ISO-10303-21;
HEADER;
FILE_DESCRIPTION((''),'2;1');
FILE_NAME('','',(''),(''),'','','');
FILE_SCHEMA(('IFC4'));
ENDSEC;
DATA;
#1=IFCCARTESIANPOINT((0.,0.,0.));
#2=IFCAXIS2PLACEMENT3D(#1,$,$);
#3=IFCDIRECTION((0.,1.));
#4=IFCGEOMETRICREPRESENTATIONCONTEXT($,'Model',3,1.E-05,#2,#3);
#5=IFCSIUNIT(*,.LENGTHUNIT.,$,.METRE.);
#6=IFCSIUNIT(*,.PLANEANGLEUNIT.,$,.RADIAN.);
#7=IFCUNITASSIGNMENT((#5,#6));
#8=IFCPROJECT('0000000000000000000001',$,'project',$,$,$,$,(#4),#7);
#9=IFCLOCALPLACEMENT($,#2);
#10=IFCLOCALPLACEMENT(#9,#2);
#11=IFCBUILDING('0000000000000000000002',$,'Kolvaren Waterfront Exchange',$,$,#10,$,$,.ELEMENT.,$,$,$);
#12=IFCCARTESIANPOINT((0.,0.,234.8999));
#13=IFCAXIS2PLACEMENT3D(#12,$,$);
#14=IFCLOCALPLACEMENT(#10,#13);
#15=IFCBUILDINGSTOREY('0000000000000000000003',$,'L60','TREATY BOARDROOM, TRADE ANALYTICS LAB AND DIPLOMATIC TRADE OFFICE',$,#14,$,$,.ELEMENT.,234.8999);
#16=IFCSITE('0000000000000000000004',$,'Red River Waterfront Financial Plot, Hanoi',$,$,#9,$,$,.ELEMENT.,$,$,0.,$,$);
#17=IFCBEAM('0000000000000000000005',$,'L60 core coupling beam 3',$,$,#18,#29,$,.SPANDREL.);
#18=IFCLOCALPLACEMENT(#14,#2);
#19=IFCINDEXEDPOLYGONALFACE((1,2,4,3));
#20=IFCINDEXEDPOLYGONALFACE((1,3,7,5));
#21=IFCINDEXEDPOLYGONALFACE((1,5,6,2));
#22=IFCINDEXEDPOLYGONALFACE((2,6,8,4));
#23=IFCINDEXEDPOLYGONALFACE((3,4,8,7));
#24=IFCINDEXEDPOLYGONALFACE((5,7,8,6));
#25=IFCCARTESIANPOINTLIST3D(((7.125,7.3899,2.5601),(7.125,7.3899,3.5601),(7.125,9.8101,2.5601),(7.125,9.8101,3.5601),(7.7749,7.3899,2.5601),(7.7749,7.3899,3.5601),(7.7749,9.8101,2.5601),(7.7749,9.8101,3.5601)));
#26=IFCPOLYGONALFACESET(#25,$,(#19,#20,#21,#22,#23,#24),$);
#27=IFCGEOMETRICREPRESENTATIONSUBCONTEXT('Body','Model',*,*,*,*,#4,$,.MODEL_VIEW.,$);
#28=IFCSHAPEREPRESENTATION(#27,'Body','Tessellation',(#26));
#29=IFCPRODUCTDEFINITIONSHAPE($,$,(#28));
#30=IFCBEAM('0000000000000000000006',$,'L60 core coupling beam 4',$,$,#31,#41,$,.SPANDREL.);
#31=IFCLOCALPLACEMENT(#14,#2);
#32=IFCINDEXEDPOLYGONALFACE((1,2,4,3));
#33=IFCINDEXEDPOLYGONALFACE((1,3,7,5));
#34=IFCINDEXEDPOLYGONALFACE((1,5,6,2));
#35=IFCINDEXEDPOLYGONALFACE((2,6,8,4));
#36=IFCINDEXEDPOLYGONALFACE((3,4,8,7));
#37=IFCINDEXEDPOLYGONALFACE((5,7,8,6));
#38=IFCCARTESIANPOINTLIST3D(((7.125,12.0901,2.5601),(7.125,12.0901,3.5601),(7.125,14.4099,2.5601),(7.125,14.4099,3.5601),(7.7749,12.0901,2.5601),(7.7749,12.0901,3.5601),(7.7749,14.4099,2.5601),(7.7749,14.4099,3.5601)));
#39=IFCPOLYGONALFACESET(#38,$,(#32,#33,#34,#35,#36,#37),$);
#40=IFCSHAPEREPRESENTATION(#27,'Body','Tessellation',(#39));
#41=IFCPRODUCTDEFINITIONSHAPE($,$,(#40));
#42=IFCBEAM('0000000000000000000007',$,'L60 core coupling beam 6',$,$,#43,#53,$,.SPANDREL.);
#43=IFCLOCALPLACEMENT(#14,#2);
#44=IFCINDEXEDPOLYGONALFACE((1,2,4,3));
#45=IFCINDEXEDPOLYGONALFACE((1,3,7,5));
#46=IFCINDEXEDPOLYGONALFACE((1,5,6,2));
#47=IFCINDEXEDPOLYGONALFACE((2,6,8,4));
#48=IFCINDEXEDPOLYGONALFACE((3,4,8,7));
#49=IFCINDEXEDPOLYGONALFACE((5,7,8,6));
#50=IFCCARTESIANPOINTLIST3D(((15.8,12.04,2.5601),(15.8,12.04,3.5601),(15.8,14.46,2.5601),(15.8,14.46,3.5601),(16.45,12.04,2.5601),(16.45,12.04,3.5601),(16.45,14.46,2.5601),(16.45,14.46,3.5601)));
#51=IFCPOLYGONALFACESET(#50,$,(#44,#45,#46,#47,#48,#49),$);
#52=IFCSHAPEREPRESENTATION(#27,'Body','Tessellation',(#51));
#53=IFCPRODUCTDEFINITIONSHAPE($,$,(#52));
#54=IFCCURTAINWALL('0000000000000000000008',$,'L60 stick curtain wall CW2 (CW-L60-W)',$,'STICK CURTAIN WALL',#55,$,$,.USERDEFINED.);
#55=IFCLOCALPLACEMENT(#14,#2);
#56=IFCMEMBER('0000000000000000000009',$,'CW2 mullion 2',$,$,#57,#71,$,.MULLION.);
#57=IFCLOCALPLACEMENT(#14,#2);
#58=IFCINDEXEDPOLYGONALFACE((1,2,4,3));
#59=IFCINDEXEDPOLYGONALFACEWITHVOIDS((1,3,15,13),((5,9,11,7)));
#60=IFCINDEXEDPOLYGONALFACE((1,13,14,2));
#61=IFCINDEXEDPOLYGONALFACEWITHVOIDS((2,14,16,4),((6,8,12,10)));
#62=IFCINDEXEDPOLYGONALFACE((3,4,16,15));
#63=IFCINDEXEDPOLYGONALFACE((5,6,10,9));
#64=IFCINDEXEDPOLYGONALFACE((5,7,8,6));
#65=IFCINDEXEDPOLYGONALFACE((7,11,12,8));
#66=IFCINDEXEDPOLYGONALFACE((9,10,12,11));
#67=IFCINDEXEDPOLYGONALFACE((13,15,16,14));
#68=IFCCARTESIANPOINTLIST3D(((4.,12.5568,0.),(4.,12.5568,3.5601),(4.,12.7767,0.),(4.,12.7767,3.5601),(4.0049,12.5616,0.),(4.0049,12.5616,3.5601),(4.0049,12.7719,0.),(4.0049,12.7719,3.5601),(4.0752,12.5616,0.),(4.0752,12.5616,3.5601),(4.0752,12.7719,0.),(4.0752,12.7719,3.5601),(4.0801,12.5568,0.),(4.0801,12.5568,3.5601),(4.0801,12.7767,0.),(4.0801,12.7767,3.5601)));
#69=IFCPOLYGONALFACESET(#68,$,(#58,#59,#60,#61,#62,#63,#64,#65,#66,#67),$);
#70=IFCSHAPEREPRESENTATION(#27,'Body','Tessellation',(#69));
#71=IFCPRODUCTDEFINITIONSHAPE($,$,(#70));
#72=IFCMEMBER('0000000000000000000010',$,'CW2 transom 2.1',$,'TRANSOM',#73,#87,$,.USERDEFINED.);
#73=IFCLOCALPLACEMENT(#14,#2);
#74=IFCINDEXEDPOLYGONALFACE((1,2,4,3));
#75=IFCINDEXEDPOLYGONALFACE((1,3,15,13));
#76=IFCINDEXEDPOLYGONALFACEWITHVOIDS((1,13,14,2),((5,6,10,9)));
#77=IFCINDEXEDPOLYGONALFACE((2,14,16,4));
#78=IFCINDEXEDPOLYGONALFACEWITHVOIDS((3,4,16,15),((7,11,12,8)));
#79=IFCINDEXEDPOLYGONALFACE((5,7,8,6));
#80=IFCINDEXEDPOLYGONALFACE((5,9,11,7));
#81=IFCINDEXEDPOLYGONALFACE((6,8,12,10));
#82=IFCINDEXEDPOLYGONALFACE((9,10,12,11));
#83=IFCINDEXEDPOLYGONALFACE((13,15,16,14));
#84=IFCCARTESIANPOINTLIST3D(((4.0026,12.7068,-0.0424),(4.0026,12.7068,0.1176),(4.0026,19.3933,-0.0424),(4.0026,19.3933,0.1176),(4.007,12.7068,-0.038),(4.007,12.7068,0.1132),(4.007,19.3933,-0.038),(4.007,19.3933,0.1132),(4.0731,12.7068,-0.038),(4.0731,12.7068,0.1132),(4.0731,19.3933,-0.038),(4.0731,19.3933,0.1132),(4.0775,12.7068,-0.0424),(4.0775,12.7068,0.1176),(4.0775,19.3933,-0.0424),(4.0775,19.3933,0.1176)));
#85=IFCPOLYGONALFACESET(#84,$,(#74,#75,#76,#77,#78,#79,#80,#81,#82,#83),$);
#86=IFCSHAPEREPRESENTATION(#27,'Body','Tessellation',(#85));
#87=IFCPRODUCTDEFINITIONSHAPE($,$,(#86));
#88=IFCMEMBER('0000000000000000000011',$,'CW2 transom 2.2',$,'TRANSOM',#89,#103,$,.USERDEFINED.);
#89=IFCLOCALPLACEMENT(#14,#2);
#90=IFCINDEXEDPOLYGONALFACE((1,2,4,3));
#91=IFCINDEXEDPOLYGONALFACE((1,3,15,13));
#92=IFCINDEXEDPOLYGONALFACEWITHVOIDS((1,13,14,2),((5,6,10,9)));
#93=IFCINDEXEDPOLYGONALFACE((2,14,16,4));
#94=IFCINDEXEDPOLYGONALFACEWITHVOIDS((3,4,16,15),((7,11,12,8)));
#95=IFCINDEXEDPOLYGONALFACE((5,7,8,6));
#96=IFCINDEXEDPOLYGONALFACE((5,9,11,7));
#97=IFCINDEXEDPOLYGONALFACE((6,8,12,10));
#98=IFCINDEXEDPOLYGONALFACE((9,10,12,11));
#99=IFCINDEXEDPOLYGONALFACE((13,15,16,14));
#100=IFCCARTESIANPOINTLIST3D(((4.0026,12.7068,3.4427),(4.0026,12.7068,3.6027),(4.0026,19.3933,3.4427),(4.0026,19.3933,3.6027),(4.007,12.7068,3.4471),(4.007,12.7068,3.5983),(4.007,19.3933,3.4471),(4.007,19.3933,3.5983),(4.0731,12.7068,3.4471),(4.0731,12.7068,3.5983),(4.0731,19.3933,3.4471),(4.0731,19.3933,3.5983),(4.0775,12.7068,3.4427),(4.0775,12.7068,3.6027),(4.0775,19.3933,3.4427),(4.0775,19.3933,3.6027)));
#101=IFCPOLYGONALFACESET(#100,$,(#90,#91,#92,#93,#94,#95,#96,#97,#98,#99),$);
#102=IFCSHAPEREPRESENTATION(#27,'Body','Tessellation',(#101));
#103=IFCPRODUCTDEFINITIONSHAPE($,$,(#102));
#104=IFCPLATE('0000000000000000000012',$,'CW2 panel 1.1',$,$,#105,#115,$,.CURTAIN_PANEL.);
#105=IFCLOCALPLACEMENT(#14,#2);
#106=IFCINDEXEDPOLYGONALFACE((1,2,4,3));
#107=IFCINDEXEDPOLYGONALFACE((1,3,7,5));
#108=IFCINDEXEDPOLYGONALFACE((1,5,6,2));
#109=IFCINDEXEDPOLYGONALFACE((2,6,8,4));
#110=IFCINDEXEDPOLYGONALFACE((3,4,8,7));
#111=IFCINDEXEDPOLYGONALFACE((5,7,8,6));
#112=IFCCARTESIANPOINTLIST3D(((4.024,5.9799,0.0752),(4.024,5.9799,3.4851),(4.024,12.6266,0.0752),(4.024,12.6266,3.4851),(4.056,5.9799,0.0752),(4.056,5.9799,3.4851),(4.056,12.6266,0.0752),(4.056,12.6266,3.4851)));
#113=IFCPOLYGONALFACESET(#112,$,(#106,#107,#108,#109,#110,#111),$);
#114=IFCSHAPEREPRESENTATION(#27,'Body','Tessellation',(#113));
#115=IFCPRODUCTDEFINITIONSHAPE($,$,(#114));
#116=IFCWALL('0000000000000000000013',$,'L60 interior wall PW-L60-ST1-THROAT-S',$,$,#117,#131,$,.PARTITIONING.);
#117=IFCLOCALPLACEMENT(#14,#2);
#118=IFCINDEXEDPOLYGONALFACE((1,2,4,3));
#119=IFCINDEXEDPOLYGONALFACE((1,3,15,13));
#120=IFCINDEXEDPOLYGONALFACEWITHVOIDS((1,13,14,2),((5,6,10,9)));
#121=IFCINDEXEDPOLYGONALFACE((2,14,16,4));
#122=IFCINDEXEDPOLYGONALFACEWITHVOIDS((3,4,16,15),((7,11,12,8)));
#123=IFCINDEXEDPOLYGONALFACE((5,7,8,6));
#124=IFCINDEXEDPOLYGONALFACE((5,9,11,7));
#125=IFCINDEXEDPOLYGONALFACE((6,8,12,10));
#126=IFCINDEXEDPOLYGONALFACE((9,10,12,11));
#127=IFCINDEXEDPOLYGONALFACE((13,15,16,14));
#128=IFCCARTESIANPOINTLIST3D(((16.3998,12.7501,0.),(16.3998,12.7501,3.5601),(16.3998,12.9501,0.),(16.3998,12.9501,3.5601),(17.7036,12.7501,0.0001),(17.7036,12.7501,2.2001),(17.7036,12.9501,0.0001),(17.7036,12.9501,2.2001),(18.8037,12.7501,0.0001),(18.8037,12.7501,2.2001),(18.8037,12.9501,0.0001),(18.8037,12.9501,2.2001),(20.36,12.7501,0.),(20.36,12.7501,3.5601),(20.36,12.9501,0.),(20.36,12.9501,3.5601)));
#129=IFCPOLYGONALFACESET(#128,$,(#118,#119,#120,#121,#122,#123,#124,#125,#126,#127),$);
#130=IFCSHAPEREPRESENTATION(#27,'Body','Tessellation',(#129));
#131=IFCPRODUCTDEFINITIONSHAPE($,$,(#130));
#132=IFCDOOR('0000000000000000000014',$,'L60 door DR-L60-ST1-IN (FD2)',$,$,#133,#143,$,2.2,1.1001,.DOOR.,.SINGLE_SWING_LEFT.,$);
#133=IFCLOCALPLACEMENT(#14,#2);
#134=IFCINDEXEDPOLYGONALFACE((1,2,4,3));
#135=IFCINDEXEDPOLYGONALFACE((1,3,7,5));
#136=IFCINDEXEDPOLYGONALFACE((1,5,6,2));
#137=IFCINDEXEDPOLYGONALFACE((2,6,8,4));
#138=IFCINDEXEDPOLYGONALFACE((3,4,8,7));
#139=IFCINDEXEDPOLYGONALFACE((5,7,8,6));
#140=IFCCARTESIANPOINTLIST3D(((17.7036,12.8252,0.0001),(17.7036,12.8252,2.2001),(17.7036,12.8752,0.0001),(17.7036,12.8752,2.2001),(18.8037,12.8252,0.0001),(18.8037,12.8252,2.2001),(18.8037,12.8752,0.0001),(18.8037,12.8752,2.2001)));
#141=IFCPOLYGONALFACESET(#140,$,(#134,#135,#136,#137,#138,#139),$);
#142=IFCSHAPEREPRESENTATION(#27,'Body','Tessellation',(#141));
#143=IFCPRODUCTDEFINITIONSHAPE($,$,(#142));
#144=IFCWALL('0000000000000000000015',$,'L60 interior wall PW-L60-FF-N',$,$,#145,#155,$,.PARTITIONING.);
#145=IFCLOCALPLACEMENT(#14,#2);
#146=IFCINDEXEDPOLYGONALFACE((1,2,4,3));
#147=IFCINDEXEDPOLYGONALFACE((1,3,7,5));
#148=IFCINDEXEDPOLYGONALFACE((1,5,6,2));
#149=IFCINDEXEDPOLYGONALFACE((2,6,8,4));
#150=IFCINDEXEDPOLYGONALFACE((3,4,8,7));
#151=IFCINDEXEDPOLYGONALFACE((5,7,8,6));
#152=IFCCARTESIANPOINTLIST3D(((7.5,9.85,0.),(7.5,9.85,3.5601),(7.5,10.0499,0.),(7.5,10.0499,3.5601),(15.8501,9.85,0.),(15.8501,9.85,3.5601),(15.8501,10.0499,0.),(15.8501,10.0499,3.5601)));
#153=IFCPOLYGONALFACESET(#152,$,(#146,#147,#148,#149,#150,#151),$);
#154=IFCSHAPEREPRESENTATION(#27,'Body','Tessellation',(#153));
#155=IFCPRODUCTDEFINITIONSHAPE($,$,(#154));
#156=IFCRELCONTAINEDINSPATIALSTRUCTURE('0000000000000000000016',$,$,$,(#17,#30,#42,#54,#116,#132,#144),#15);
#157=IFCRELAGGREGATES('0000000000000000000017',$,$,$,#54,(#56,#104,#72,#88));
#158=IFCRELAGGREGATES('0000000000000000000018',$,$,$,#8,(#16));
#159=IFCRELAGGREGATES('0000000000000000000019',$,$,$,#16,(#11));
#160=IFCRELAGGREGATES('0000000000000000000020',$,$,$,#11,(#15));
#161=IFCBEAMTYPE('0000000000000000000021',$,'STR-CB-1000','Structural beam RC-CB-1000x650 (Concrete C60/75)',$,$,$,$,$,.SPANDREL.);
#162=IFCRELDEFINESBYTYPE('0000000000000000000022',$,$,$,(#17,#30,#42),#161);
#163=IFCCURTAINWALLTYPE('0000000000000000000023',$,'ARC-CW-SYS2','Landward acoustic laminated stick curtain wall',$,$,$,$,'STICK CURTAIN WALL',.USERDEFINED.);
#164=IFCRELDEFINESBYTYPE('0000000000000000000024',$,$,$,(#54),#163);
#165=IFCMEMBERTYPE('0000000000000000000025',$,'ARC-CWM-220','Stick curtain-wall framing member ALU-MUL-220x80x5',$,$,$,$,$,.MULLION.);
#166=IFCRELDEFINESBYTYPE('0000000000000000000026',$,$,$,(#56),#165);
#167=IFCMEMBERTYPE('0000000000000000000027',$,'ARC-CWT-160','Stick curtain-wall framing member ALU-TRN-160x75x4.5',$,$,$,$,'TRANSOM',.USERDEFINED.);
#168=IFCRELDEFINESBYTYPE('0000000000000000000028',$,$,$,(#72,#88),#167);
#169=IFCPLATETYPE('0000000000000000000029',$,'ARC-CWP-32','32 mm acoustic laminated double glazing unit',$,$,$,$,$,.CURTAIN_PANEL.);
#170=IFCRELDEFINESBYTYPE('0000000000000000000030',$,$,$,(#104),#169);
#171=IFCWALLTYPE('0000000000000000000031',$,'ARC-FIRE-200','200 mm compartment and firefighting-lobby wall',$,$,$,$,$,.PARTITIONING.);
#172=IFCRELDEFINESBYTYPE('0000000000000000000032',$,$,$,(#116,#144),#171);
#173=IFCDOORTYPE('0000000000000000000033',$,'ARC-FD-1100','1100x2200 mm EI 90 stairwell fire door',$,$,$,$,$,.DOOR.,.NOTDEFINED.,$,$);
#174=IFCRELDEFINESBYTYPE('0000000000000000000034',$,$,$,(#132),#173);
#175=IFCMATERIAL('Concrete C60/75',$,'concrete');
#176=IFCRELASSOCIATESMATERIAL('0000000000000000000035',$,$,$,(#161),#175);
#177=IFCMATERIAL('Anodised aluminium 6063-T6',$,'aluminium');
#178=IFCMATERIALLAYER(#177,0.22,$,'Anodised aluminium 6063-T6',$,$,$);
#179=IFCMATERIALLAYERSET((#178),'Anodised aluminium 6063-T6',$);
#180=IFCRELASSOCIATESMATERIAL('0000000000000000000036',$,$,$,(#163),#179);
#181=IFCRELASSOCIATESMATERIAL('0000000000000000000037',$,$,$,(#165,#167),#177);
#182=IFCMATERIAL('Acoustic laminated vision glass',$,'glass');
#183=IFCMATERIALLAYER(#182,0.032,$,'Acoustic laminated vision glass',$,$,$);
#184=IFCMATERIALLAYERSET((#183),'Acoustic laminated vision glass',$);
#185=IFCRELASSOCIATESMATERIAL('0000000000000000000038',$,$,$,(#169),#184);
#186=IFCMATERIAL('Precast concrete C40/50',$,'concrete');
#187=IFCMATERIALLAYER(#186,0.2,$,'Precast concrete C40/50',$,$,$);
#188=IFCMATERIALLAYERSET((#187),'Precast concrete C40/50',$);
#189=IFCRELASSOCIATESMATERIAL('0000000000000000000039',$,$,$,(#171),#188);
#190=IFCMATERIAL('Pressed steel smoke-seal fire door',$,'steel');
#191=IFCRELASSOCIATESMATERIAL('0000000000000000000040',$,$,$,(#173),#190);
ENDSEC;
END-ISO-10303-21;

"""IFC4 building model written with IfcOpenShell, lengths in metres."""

from ifc_helpers import new_model, si_unit, direction, frame, frame_2d, origin, origin_with_axes, origin_2d, place, context, subcontext, project, spatial, rectangle, hollow_rectangle, extrude, source, transform, mapped, material, layer, layer_set, material_profile, profile_set, type_object, element, fill, aggregate, save


model = new_model("IFC4")

# Units and contexts
model_context = context("Model", 3, precision=1e-05, world=origin(), true_north=direction((0.0, 1.0)))
body_context = subcontext(model_context, "Body", "Model", "MODEL_VIEW")
ifc_project = project(units=[si_unit("LENGTHUNIT", "METRE"), si_unit("PLANEANGLEUNIT", "RADIAN")], contexts=[model_context])

# Site, building, storey
site_placement = place(None, origin())
site = spatial("IfcSite", under=ifc_project, at=site_placement, Name="Red River Waterfront Financial Plot, Hanoi", CompositionType="ELEMENT", RefElevation=0.0)
building_placement = place(site_placement, origin())
building = spatial("IfcBuilding", under=site, at=building_placement, Name="Kolvaren Waterfront Exchange", CompositionType="ELEMENT")
storey_placement = place(building_placement, frame((0.0, 0.0, 234.8999)))
storey = spatial("IfcBuildingStorey", under=building, at=storey_placement, Name="L60", Description="TREATY BOARDROOM, TRADE ANALYTICS LAB AND DIPLOMATIC TRADE OFFICE", CompositionType="ELEMENT", Elevation=234.8999)

# Beams
ifc_material_1 = material(Name="Concrete C60/75", Category="concrete")
ifc_material_profile_1 = material_profile(ifc_material_1, rectangle(XDim=0.6499, YDim=1.0, at=origin_2d()), Name="RC-CB-1000x650")
ifc_profile_set_1 = profile_set([ifc_material_profile_1], Name="Concrete C60/75")
beam_type = type_object("IfcBeamType", Name="STR-CB-1000", Description="Structural beam RC-CB-1000x650 (Concrete C60/75)", PredefinedType="SPANDREL", material=ifc_profile_set_1)
beam_1_placement = place(storey_placement, frame((7.45, 7.3899, 3.0601), z_axis=(0.0, 1.0, 0.0), x_axis=(-1.0, 0.0, 0.0)))
element("IfcBeam", 1, at=beam_1_placement, inside=storey, type_object=beam_type, Name="L60 core coupling beam 3", PredefinedType="SPANDREL", context=body_context, shape_type="SweptSolid", body=[
    extrude(rectangle(XDim=0.6499, YDim=1.0, at=origin_2d()), origin(), (0.0, 0.0, 1.0), 2.4202),
])
beam_2_placement = place(storey_placement, frame((7.45, 12.0901, 3.0601), z_axis=(0.0, 1.0, 0.0), x_axis=(-1.0, 0.0, 0.0)))
element("IfcBeam", 2, at=beam_2_placement, inside=storey, type_object=beam_type, Name="L60 core coupling beam 4", PredefinedType="SPANDREL", context=body_context, shape_type="SweptSolid", body=[
    extrude(rectangle(XDim=0.6499, YDim=1.0, at=origin_2d()), origin(), (0.0, 0.0, 1.0), 2.3198),
])
beam_3_placement = place(storey_placement, frame((16.125, 12.04, 3.0601), z_axis=(0.0, 1.0, 0.0), x_axis=(-1.0, 0.0, 0.0)))
element("IfcBeam", 3, at=beam_3_placement, inside=storey, type_object=beam_type, Name="L60 core coupling beam 6", PredefinedType="SPANDREL", context=body_context, shape_type="SweptSolid", body=[
    extrude(rectangle(XDim=0.6499, YDim=1.0, at=origin_2d()), origin(), (0.0, 0.0, 1.0), 2.4199),
])

# Curtain wall, members, plate
ifc_material_2 = material(Name="Anodised aluminium 6063-T6", Category="aluminium")
ifc_layer_1 = layer(ifc_material_2, 0.22, Name="Anodised aluminium 6063-T6")
ifc_layer_set_1 = layer_set([ifc_layer_1], Name="Anodised aluminium 6063-T6")
curtain_wall_type = type_object("IfcCurtainWallType", Name="ARC-CW-SYS2", Description="Landward acoustic laminated stick curtain wall", ElementType="STICK CURTAIN WALL", PredefinedType="USERDEFINED", material=ifc_layer_set_1)
curtain_wall_placement = place(storey_placement, origin())
curtain_wall = element("IfcCurtainWall", 4, at=curtain_wall_placement, inside=storey, type_object=curtain_wall_type, Name="L60 stick curtain wall CW2 (CW-L60-W)", ObjectType="STICK CURTAIN WALL", PredefinedType="USERDEFINED")
ifc_material_profile_2 = material_profile(ifc_material_2, hollow_rectangle(XDim=0.0801, YDim=0.22, WallThickness=0.0049, at=origin_2d()), Name="ALU-MUL-220x80x5")
ifc_profile_set_2 = profile_set([ifc_material_profile_2], Name="Anodised aluminium 6063-T6")
member_type_1 = type_object("IfcMemberType", Name="ARC-CWM-220", Description="Stick curtain-wall framing member ALU-MUL-220x80x5", PredefinedType="MULLION", material=ifc_profile_set_2)
shared_shape_1 = source(origin_with_axes(), body_context, "Body", "SweptSolid", [
    extrude(hollow_rectangle(XDim=0.0801, YDim=0.22, WallThickness=0.0049, at=origin_2d()), origin(), (0.0, 0.0, 1.0), 3.5601),
])
member_1_placement = place(storey_placement, frame((4.04, 12.6667, 0.0), z_axis=(0.0, 0.0, 1.0), x_axis=(-1.0, 0.0, 0.0)))
member_1 = element("IfcMember", 5, at=member_1_placement, type_object=member_type_1, Name="CW2 mullion 2", PredefinedType="MULLION", context=body_context, shape_type="MappedRepresentation", body=[
    mapped(shared_shape_1, transform((0.0, 0.0, 0.0), x_axis=(1.0, 0.0, 0.0), y_axis=(0.0, 1.0, 0.0), z_axis=(0.0, 0.0, 1.0), scale=1.0)),
])
ifc_material_profile_3 = material_profile(ifc_material_2, hollow_rectangle(XDim=0.075, YDim=0.1599, WallThickness=0.0044, at=origin_2d()), Name="ALU-TRN-160x75x4.5")
ifc_profile_set_3 = profile_set([ifc_material_profile_3], Name="Anodised aluminium 6063-T6")
member_type_2 = type_object("IfcMemberType", Name="ARC-CWT-160", Description="Stick curtain-wall framing member ALU-TRN-160x75x4.5", ElementType="TRANSOM", PredefinedType="USERDEFINED", material=ifc_profile_set_3)
shared_shape_2 = source(origin_with_axes(), body_context, "Body", "SweptSolid", [
    extrude(hollow_rectangle(XDim=0.075, YDim=0.1599, WallThickness=0.0044, at=origin_2d()), origin(), (0.0, 0.0, 1.0), 6.6865),
])
member_2_placement = place(storey_placement, frame((4.04, 12.7068, 0.0376), z_axis=(0.0, 1.0, 0.0), x_axis=(-1.0, 0.0, 0.0)))
member_2 = element("IfcMember", 6, at=member_2_placement, type_object=member_type_2, Name="CW2 transom 2.1", ObjectType="TRANSOM", PredefinedType="USERDEFINED", context=body_context, shape_type="MappedRepresentation", body=[
    mapped(shared_shape_2, transform((0.0, 0.0, 0.0), x_axis=(1.0, 0.0, 0.0), y_axis=(0.0, 1.0, 0.0), z_axis=(0.0, 0.0, 1.0), scale=1.0)),
])
member_3_placement = place(storey_placement, frame((4.04, 12.7068, 3.5227), z_axis=(0.0, 1.0, 0.0), x_axis=(-1.0, 0.0, 0.0)))
member_3 = element("IfcMember", 7, at=member_3_placement, type_object=member_type_2, Name="CW2 transom 2.2", ObjectType="TRANSOM", PredefinedType="USERDEFINED", context=body_context, shape_type="MappedRepresentation", body=[
    mapped(shared_shape_2, transform((0.0, 0.0, 0.0), x_axis=(1.0, 0.0, 0.0), y_axis=(0.0, 1.0, 0.0), z_axis=(0.0, 0.0, 1.0), scale=1.0)),
])
ifc_material_3 = material(Name="Acoustic laminated vision glass", Category="glass")
ifc_layer_2 = layer(ifc_material_3, 0.032, Name="Acoustic laminated vision glass")
ifc_layer_set_2 = layer_set([ifc_layer_2], Name="Acoustic laminated vision glass")
plate_type = type_object("IfcPlateType", Name="ARC-CWP-32", Description="32 mm acoustic laminated double glazing unit", PredefinedType="CURTAIN_PANEL", material=ifc_layer_set_2)
shared_shape_3 = source(origin_with_axes(), body_context, "Body", "SweptSolid", [
    extrude(rectangle(XDim=6.6467, YDim=0.032, at=origin_2d()), origin(), (0.0, 0.0, 1.0), 3.4099),
])
plate_placement = place(storey_placement, frame((4.04, 9.3032, 0.0752), z_axis=(0.0, 0.0, 1.0), x_axis=(0.0, 1.0, 0.0)))
plate = element("IfcPlate", 8, at=plate_placement, type_object=plate_type, Name="CW2 panel 1.1", PredefinedType="CURTAIN_PANEL", context=body_context, shape_type="MappedRepresentation", body=[
    mapped(shared_shape_3, transform((0.0, 0.0, 0.0), x_axis=(1.0, 0.0, 0.0), y_axis=(0.0, 1.0, 0.0), z_axis=(0.0, 0.0, 1.0), scale=1.0)),
])
aggregate(curtain_wall, [member_1, plate, member_2, member_3])

# Wall, opening, door
ifc_material_4 = material(Name="Precast concrete C40/50", Category="concrete")
ifc_layer_3 = layer(ifc_material_4, 0.2, Name="Precast concrete C40/50")
ifc_layer_set_3 = layer_set([ifc_layer_3], Name="Precast concrete C40/50")
wall_type_1 = type_object("IfcWallType", Name="ARC-FIRE-200", Description="200 mm compartment and firefighting-lobby wall", PredefinedType="PARTITIONING", material=ifc_layer_set_3)
wall_1_placement = place(storey_placement, frame((16.3999, 12.8501, 0.0), z_axis=(0.0, 0.0, 1.0), x_axis=(1.0, 0.0, 0.0)))
wall_1 = element("IfcWall", 9, at=wall_1_placement, inside=storey, type_object=wall_type_1, Name="L60 interior wall PW-L60-ST1-THROAT-S", PredefinedType="PARTITIONING", context=body_context, shape_type="SweptSolid", body=[
    extrude(rectangle(XDim=3.9602, YDim=0.2, at=frame_2d((1.98, 0.0))), origin(), (0.0, 0.0, 1.0), 3.5601),
])
opening_1_placement = place(wall_1_placement, frame((1.3037, 0.0, 0.0)))
opening_1 = element("IfcOpeningElement", 10, at=opening_1_placement, cuts=wall_1, PredefinedType="OPENING", context=body_context, shape_type="SweptSolid", body=[
    extrude(rectangle(XDim=1.1001, YDim=2.2, at=frame_2d((0.55, 1.1001))), frame((0.0, 0.1099, 0.0), z_axis=(0.0, -1.0, 0.0), x_axis=(1.0, 0.0, 0.0)), (0.0, 0.0, 1.0), 0.22),
])
ifc_material_5 = material(Name="Pressed steel smoke-seal fire door", Category="steel")
door_type_1 = type_object("IfcDoorType", Name="ARC-FD-1100", Description="1100x2200 mm EI 90 stairwell fire door", OperationType="NOTDEFINED", PredefinedType="DOOR", material=ifc_material_5)
door_1_placement = place(opening_1_placement, frame((1.1001, 0.0, 0.0), z_axis=(0.0, 0.0, 1.0), x_axis=(-1.0, 0.0, 0.0)))
door_1 = element("IfcDoor", 11, at=door_1_placement, inside=storey, type_object=door_type_1, Name="L60 door DR-L60-ST1-IN (FD2)", OperationType="SINGLE_SWING_LEFT", OverallHeight=2.2, OverallWidth=1.1001, PredefinedType="DOOR", context=body_context, shape_type="SweptSolid", body=[
    extrude(rectangle(XDim=1.1001, YDim=2.2, at=frame_2d((0.55, 1.1001))), frame((0.0, 0.0249, 0.0), z_axis=(0.0, -1.0, 0.0), x_axis=(1.0, 0.0, 0.0)), (0.0, 0.0, 1.0), 0.05),
])
fill(opening_1, door_1)

# Wall
wall_2_placement = place(storey_placement, frame((7.5, 9.95, 0.0), z_axis=(0.0, 0.0, 1.0), x_axis=(1.0, 0.0, 0.0)))
element("IfcWall", 12, at=wall_2_placement, inside=storey, type_object=wall_type_1, Name="L60 interior wall PW-L60-FF-N", PredefinedType="PARTITIONING", context=body_context, shape_type="SweptSolid", body=[
    extrude(rectangle(XDim=8.3501, YDim=0.2, at=frame_2d((4.175, 0.0))), origin(), (0.0, 0.0, 1.0), 3.5601),
])

save(model, "model.ifc")
